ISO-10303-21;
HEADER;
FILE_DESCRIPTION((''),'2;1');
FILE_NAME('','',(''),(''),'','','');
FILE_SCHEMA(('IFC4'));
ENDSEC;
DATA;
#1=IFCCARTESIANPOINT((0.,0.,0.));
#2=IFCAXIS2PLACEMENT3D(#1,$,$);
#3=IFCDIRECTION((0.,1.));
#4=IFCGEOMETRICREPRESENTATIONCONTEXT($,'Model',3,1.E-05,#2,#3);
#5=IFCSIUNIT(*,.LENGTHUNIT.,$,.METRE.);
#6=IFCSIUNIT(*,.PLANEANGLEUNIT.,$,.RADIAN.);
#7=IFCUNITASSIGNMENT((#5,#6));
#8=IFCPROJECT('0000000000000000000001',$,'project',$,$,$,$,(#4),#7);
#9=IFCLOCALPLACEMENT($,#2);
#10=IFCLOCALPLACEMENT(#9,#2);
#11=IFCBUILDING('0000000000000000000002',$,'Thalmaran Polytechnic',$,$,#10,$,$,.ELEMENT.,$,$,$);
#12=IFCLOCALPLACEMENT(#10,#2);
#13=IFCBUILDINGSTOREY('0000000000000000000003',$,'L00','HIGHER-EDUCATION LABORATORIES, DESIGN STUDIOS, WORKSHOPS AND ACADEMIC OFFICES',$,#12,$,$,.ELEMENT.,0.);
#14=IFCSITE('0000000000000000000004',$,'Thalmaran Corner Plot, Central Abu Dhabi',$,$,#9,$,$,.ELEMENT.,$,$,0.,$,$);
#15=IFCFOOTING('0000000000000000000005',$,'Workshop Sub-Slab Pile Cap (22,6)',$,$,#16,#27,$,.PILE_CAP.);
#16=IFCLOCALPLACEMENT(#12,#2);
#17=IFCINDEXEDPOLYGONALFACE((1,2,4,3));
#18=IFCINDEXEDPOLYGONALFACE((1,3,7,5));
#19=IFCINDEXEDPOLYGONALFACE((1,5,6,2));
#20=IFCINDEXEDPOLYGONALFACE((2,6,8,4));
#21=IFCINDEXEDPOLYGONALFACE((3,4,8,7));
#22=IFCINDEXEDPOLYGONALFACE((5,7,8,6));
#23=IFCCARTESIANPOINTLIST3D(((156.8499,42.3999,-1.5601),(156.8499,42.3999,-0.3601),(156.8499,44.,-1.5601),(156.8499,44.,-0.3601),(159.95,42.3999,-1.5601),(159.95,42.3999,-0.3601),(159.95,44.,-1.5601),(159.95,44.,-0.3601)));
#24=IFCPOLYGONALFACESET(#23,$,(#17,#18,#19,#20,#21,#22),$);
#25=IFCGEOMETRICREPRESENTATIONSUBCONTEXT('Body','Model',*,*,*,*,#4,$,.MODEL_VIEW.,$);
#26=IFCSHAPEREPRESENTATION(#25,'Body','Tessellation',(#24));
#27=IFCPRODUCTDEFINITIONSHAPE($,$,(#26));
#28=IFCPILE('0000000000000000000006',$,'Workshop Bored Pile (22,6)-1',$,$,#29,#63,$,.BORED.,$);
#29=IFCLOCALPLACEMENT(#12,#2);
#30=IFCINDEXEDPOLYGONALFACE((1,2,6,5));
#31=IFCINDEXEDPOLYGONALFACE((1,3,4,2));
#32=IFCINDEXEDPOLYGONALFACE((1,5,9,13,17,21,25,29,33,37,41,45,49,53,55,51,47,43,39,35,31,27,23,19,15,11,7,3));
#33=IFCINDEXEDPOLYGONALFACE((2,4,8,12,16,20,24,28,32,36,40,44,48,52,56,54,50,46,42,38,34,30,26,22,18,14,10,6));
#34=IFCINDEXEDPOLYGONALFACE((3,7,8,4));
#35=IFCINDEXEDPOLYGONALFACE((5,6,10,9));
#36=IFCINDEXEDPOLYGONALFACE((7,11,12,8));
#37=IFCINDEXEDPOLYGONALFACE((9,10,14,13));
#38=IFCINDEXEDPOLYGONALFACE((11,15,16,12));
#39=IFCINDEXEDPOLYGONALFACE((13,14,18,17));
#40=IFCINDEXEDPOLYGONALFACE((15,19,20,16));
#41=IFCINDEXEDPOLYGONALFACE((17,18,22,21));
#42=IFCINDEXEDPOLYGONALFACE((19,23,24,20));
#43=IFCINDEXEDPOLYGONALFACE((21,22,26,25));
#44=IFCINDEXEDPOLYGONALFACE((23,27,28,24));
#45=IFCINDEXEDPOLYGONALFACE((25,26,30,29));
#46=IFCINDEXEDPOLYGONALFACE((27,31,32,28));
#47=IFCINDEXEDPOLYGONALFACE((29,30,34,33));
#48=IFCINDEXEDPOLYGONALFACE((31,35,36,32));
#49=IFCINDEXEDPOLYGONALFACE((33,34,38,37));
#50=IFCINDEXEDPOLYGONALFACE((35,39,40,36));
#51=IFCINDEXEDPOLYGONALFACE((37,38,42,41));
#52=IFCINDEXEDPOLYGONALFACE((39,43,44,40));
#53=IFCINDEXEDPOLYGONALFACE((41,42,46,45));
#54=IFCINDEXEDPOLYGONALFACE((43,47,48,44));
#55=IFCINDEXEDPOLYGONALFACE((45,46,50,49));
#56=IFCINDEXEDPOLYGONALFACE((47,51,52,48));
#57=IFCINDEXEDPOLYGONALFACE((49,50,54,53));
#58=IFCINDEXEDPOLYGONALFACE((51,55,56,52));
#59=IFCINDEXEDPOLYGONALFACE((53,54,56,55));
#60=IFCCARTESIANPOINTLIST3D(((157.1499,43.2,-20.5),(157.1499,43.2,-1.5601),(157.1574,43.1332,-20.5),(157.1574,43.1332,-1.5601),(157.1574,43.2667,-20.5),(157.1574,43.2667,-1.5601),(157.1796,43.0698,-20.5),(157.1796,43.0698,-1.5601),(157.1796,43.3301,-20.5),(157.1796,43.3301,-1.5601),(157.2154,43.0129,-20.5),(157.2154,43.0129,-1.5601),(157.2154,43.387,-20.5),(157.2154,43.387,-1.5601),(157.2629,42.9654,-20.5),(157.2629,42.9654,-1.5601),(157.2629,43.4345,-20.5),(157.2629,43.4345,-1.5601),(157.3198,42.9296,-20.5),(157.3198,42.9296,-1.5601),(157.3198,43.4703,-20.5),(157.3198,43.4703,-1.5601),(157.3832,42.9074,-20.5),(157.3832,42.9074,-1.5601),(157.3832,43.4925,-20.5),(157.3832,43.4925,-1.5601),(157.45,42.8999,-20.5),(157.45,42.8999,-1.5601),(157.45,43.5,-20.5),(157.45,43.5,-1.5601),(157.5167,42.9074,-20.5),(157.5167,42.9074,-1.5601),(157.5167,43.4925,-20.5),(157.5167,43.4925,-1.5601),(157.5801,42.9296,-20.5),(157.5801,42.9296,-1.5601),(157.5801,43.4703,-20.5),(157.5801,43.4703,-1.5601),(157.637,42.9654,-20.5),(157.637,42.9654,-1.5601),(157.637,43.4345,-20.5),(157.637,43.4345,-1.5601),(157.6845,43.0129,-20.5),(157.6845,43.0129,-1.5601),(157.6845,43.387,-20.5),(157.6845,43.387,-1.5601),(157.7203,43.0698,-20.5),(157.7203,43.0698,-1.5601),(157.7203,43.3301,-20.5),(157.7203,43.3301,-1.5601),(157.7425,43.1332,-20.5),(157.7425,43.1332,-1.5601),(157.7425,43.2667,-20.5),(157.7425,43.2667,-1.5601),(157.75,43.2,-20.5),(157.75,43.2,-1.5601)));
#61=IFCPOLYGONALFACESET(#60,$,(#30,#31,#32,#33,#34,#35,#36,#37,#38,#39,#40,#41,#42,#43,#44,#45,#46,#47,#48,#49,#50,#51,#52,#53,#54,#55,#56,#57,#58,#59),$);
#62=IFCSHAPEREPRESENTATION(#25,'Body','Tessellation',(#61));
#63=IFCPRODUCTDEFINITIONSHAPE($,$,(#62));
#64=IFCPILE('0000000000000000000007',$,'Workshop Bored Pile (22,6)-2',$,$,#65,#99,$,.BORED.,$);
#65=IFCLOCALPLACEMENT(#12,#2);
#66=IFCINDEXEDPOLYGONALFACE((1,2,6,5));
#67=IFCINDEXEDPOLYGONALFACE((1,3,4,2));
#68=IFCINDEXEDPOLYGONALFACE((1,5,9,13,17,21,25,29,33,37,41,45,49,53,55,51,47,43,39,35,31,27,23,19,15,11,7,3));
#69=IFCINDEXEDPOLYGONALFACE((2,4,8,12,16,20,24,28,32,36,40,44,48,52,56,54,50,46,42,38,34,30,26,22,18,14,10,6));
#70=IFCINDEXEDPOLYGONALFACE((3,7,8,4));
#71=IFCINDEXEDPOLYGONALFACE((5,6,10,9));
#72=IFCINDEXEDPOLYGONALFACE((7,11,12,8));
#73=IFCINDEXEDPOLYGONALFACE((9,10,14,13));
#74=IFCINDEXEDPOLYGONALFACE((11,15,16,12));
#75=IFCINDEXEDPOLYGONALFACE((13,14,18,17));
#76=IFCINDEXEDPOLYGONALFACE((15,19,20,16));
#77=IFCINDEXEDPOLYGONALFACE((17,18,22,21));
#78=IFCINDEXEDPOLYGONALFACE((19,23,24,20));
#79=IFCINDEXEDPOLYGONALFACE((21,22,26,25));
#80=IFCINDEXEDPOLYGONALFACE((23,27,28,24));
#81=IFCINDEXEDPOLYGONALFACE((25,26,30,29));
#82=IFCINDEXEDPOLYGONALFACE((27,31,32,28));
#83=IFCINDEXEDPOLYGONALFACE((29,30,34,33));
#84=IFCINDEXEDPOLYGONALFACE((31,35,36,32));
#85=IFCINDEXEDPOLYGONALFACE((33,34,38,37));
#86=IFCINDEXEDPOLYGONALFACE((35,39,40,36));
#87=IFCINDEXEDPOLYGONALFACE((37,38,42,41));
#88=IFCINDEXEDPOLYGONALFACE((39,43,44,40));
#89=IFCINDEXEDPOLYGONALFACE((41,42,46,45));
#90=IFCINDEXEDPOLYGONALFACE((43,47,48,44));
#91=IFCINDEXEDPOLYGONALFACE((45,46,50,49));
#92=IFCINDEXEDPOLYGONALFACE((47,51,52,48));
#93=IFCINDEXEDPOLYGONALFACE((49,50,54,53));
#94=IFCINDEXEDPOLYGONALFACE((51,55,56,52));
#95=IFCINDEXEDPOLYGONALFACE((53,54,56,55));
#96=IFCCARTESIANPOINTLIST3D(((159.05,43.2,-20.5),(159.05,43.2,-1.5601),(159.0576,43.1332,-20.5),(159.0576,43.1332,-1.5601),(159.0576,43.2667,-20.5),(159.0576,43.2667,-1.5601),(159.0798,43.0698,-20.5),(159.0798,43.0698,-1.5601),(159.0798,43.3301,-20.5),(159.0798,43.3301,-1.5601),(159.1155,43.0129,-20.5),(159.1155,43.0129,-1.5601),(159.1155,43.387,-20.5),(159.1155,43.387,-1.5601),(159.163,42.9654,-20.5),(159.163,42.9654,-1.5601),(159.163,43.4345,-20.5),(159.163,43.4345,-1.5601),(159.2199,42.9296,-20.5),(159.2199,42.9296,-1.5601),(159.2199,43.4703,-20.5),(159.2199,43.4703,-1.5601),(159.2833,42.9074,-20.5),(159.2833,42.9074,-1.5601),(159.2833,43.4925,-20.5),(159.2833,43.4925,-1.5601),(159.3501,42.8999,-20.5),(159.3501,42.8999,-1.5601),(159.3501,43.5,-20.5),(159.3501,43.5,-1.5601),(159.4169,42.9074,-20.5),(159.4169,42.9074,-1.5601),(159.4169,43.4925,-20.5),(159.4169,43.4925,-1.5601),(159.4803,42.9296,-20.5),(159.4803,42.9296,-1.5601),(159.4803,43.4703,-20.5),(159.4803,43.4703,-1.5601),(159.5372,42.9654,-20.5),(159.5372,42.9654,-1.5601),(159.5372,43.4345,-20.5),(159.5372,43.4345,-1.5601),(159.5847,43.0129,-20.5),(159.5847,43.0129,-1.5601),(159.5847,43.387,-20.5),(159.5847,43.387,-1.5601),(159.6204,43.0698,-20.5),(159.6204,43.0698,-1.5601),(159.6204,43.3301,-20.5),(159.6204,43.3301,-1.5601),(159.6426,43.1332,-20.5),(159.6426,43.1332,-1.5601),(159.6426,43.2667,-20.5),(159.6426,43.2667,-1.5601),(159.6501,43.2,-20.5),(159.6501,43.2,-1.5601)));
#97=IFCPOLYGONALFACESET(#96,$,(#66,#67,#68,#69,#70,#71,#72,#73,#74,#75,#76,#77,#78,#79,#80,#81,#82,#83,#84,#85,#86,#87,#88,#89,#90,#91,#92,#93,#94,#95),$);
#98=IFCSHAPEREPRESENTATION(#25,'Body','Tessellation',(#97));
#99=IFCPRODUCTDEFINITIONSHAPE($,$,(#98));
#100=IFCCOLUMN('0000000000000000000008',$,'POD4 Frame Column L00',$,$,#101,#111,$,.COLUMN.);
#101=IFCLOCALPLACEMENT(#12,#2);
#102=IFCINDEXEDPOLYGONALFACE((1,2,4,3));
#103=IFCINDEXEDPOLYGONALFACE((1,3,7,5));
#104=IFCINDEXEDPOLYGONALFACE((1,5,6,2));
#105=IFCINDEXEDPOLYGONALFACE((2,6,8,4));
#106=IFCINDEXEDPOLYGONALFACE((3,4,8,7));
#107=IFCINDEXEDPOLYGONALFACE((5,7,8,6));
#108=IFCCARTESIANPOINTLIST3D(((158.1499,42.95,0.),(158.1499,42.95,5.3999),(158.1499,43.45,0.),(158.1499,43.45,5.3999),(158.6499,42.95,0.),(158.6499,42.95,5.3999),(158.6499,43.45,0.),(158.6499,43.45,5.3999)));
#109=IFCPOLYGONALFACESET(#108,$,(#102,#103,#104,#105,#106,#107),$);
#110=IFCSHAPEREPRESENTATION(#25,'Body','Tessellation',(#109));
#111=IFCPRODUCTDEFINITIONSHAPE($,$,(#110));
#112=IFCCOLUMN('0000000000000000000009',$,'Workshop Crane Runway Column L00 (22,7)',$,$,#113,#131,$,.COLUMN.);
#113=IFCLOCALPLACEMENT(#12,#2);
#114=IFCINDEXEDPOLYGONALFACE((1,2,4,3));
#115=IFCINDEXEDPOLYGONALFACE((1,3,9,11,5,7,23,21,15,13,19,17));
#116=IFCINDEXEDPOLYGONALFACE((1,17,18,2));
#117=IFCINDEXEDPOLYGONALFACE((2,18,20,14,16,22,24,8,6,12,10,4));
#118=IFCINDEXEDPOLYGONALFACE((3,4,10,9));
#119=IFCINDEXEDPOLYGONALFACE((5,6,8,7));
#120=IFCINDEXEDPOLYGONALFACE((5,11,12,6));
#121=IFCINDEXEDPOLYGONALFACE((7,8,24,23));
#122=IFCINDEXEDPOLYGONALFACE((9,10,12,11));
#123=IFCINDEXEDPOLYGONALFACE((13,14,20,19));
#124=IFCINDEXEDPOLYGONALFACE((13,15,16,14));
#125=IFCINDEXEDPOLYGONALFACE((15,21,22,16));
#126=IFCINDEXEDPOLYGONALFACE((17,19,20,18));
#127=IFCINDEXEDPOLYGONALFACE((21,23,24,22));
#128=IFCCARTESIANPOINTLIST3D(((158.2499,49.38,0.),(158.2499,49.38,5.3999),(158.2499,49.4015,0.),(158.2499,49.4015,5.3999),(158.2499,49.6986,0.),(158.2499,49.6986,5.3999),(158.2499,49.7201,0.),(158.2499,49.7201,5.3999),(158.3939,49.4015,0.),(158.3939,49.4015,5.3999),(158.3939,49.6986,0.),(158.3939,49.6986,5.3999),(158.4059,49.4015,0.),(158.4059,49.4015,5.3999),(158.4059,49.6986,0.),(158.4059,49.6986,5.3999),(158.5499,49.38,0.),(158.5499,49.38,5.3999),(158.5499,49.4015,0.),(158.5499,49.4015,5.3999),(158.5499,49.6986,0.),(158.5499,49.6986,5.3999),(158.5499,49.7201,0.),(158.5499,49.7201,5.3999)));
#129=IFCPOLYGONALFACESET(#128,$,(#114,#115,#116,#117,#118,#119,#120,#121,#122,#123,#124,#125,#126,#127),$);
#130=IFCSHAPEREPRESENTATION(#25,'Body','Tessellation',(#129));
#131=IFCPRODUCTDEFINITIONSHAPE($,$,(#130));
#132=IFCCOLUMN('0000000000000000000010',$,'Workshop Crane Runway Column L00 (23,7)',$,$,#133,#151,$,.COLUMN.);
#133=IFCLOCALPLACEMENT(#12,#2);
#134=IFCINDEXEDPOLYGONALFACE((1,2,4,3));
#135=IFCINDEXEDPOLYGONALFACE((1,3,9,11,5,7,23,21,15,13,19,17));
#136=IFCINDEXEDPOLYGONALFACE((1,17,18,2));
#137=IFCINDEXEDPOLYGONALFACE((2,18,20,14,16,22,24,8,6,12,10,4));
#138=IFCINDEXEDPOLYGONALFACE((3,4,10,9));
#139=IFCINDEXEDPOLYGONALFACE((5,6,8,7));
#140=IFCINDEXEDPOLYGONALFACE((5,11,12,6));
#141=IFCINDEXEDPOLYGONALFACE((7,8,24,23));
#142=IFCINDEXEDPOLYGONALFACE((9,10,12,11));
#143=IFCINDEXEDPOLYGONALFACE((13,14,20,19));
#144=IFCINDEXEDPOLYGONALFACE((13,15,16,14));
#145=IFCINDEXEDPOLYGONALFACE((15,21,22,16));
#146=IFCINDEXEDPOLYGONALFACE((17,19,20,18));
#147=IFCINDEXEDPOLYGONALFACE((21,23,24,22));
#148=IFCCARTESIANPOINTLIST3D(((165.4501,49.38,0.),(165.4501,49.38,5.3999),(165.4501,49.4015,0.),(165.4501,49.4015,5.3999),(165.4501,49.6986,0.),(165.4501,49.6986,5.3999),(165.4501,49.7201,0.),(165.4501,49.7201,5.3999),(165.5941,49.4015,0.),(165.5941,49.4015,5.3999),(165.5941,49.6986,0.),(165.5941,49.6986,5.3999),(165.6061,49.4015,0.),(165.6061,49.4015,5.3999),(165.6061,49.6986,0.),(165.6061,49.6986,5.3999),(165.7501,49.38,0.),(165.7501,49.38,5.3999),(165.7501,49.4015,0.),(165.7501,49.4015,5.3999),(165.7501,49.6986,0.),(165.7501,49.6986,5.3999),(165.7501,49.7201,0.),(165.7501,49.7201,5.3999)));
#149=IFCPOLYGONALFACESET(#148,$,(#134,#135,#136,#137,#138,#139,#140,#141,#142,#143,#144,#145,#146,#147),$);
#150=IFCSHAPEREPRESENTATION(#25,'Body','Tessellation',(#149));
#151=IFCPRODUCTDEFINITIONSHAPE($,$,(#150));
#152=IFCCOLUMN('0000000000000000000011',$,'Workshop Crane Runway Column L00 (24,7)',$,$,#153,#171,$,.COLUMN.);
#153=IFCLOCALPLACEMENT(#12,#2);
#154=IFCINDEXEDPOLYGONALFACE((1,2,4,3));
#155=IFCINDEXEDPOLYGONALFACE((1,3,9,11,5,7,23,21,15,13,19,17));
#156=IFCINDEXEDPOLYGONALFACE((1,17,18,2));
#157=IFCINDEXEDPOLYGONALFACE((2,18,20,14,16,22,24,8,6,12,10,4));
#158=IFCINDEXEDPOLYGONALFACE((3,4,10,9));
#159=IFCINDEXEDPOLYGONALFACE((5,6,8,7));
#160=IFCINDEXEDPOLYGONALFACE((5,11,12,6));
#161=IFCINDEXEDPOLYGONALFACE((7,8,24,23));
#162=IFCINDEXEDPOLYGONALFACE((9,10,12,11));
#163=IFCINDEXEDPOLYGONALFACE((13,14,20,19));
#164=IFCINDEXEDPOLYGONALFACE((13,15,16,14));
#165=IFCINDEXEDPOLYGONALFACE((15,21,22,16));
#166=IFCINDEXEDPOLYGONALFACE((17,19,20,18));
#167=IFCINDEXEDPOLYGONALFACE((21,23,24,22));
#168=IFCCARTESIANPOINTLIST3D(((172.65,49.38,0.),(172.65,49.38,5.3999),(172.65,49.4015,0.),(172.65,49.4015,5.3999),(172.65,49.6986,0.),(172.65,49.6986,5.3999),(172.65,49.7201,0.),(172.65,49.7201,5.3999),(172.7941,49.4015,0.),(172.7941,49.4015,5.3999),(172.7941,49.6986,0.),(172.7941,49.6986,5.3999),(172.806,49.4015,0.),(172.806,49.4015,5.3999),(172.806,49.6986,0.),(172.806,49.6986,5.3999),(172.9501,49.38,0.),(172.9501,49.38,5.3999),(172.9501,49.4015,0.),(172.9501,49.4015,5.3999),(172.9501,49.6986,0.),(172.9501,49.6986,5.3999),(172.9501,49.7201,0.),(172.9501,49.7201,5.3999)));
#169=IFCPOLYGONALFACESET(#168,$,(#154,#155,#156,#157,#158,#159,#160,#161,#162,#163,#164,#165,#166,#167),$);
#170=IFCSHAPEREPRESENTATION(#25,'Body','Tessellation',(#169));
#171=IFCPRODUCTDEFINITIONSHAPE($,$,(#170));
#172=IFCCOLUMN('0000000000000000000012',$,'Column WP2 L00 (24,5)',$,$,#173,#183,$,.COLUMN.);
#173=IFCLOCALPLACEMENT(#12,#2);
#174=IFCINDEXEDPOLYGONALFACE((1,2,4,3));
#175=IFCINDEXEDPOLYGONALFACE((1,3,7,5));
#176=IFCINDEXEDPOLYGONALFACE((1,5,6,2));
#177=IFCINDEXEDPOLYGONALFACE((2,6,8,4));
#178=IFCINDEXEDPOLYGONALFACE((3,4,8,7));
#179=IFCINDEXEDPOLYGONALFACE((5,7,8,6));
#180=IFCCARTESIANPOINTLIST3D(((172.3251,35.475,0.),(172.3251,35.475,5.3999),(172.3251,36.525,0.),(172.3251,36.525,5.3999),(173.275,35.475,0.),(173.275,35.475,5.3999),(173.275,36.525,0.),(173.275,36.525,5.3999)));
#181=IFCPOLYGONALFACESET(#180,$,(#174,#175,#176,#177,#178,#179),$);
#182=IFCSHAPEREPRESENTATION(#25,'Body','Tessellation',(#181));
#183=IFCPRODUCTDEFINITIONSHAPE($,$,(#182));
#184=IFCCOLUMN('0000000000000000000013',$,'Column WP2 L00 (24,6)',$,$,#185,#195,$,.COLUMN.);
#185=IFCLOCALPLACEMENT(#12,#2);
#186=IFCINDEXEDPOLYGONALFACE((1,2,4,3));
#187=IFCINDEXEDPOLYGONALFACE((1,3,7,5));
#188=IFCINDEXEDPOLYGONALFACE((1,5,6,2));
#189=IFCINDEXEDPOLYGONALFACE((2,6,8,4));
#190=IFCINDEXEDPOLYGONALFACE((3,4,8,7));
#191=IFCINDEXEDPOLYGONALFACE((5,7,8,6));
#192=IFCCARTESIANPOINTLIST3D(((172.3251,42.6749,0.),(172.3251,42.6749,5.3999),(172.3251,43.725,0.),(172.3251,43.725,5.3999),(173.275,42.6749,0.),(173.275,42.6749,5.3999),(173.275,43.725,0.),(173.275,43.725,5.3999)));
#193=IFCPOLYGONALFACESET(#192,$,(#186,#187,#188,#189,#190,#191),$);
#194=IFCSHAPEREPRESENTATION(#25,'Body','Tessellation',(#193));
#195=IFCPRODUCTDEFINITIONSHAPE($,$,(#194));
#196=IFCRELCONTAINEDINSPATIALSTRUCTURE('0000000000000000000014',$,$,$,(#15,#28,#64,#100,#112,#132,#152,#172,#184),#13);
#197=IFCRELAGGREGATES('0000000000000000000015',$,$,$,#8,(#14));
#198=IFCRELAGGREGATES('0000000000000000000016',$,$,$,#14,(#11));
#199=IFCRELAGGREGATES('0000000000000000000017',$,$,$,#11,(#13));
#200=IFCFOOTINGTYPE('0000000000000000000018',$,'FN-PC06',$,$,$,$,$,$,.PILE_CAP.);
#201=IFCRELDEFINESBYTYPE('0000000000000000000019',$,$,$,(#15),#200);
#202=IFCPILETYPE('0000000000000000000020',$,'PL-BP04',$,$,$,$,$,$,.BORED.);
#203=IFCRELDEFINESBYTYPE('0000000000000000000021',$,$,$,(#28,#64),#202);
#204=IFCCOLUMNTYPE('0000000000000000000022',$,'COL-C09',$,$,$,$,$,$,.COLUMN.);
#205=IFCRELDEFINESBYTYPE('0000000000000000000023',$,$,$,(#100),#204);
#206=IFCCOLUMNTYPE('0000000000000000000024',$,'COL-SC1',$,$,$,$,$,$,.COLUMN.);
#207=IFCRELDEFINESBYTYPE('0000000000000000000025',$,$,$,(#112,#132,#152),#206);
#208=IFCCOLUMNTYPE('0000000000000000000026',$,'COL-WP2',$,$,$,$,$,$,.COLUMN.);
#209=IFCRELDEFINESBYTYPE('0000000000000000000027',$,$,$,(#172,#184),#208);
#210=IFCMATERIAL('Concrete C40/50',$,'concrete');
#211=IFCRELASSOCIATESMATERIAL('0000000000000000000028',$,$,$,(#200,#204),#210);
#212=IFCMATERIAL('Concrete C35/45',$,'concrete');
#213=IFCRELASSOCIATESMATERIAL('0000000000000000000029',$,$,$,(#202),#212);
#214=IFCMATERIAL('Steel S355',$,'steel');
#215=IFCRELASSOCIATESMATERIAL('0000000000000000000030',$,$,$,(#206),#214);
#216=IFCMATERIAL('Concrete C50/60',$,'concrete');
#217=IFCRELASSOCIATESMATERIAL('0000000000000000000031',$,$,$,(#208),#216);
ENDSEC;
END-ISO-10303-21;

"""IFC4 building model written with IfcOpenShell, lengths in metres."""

from ifc_helpers import new_model, si_unit, direction, frame, origin, origin_2d, place, context, subcontext, project, spatial, rectangle, circle, i_section, extrude, material, material_profile, profile_set, type_object, element, save


model = new_model("IFC4")

# Units and contexts
model_context = context("Model", 3, precision=1e-05, world=origin(), true_north=direction((0.0, 1.0)))
body_context = subcontext(model_context, "Body", "Model", "MODEL_VIEW")
ifc_project = project(units=[si_unit("LENGTHUNIT", "METRE"), si_unit("PLANEANGLEUNIT", "RADIAN")], contexts=[model_context])

# Site, building, storey
site_placement = place(None, origin())
site = spatial("IfcSite", under=ifc_project, at=site_placement, Name="Thalmaran Corner Plot, Central Abu Dhabi", CompositionType="ELEMENT", RefElevation=0.0)
building_placement = place(site_placement, origin())
building = spatial("IfcBuilding", under=site, at=building_placement, Name="Thalmaran Polytechnic", CompositionType="ELEMENT")
storey_placement = place(building_placement, origin())
storey = spatial("IfcBuildingStorey", under=building, at=storey_placement, Name="L00", Description="HIGHER-EDUCATION LABORATORIES, DESIGN STUDIOS, WORKSHOPS AND ACADEMIC OFFICES", CompositionType="ELEMENT", Elevation=0.0)

# Footing
ifc_material_1 = material(Name="Concrete C40/50", Category="concrete")
footing_type = type_object("IfcFootingType", Name="FN-PC06", PredefinedType="PILE_CAP", material=ifc_material_1)
footing_placement = place(storey_placement, frame((158.3999, 43.2, -1.5601), z_axis=(0.0, 0.0, 1.0), x_axis=(1.0, 0.0, 0.0)))
element("IfcFooting", 1, at=footing_placement, inside=storey, type_object=footing_type, Name="Workshop Sub-Slab Pile Cap (22,6)", PredefinedType="PILE_CAP", context=body_context, shape_type="SweptSolid", body=[
    extrude(rectangle(XDim=3.1001, YDim=1.6001, at=origin_2d()), origin(), (0.0, 0.0, 1.0), 1.2),
])

# Piles
ifc_material_2 = material(Name="Concrete C35/45", Category="concrete")
ifc_material_profile_1 = material_profile(ifc_material_2, circle(Radius=0.3, at=origin_2d()), Name="RC 600 DIA")
ifc_profile_set_1 = profile_set([ifc_material_profile_1], Name="Concrete C35/45")
pile_type = type_object("IfcPileType", Name="PL-BP04", PredefinedType="BORED", material=ifc_profile_set_1)
for number, where, z_axis, x_axis, name in (
    (2, (157.45, 43.2, -1.5601), (0.0, 0.0, -1.0), (1.0, 0.0, 0.0), "Workshop Bored Pile (22,6)-1"),
    (3, (159.3501, 43.2, -1.5601), (0.0, 0.0, -1.0), (1.0, 0.0, 0.0), "Workshop Bored Pile (22,6)-2"),
):
    element("IfcPile", number, at=place(storey_placement, frame(where, z_axis=z_axis, x_axis=x_axis)), inside=storey, type_object=pile_type, Name=name, PredefinedType="BORED", context=body_context, shape_type="SweptSolid", body=[
        extrude(circle(Radius=0.3, at=origin_2d()), origin(), (0.0, 0.0, 1.0), 18.9399),
    ])

# Columns
ifc_material_profile_2 = material_profile(ifc_material_1, rectangle(XDim=0.5, YDim=0.5, at=origin_2d()), Name="RC 500x500")
ifc_profile_set_2 = profile_set([ifc_material_profile_2], Name="Concrete C40/50")
column_type_1 = type_object("IfcColumnType", Name="COL-C09", PredefinedType="COLUMN", material=ifc_profile_set_2)
column_placement = place(storey_placement, frame((158.3999, 43.2, 0.0), z_axis=(0.0, 0.0, 1.0), x_axis=(1.0, 0.0, 0.0)))
element("IfcColumn", 4, at=column_placement, inside=storey, type_object=column_type_1, Name="POD4 Frame Column L00", PredefinedType="COLUMN", context=body_context, shape_type="SweptSolid", body=[
    extrude(rectangle(XDim=0.5, YDim=0.5, at=origin_2d()), origin(), (0.0, 0.0, 1.0), 5.3999),
])
ifc_material_3 = material(Name="Steel S355", Category="steel")
ifc_material_profile_3 = material_profile(ifc_material_3, i_section(OverallWidth=0.3, OverallDepth=0.3401, WebThickness=0.012, FlangeThickness=0.0215, at=origin_2d()), Name="HEB 340")
ifc_profile_set_3 = profile_set([ifc_material_profile_3], Name="Steel S355")
column_type_2 = type_object("IfcColumnType", Name="COL-SC1", PredefinedType="COLUMN", material=ifc_profile_set_3)
for number, where, z_axis, x_axis, name in (
    (5, (158.3999, 49.55, 0.0), (0.0, 0.0, 1.0), (1.0, 0.0, 0.0), "Workshop Crane Runway Column L00 (22,7)"),
    (6, (165.6001, 49.55, 0.0), (0.0, 0.0, 1.0), (1.0, 0.0, 0.0), "Workshop Crane Runway Column L00 (23,7)"),
    (7, (172.8, 49.55, 0.0), (0.0, 0.0, 1.0), (1.0, 0.0, 0.0), "Workshop Crane Runway Column L00 (24,7)"),
):
    element("IfcColumn", number, at=place(storey_placement, frame(where, z_axis=z_axis, x_axis=x_axis)), inside=storey, type_object=column_type_2, Name=name, PredefinedType="COLUMN", context=body_context, shape_type="SweptSolid", body=[
        extrude(i_section(OverallWidth=0.3, OverallDepth=0.3401, WebThickness=0.012, FlangeThickness=0.0215, at=origin_2d()), origin(), (0.0, 0.0, 1.0), 5.3999),
    ])
ifc_material_4 = material(Name="Concrete C50/60", Category="concrete")
ifc_material_profile_4 = material_profile(ifc_material_4, rectangle(XDim=0.95, YDim=1.05, at=origin_2d()), Name="RC 950x1050")
ifc_profile_set_4 = profile_set([ifc_material_profile_4], Name="Concrete C50/60")
column_type_3 = type_object("IfcColumnType", Name="COL-WP2", PredefinedType="COLUMN", material=ifc_profile_set_4)
for number, where, z_axis, x_axis, name in (
    (8, (172.8, 36.0, 0.0), (0.0, 0.0, 1.0), (1.0, 0.0, 0.0), "Column WP2 L00 (24,5)"),
    (9, (172.8, 43.2, 0.0), (0.0, 0.0, 1.0), (1.0, 0.0, 0.0), "Column WP2 L00 (24,6)"),
):
    element("IfcColumn", number, at=place(storey_placement, frame(where, z_axis=z_axis, x_axis=x_axis)), inside=storey, type_object=column_type_3, Name=name, PredefinedType="COLUMN", context=body_context, shape_type="SweptSolid", body=[
        extrude(rectangle(XDim=0.95, YDim=1.05, at=origin_2d()), origin(), (0.0, 0.0, 1.0), 5.3999),
    ])

save(model, "model.ifc")
